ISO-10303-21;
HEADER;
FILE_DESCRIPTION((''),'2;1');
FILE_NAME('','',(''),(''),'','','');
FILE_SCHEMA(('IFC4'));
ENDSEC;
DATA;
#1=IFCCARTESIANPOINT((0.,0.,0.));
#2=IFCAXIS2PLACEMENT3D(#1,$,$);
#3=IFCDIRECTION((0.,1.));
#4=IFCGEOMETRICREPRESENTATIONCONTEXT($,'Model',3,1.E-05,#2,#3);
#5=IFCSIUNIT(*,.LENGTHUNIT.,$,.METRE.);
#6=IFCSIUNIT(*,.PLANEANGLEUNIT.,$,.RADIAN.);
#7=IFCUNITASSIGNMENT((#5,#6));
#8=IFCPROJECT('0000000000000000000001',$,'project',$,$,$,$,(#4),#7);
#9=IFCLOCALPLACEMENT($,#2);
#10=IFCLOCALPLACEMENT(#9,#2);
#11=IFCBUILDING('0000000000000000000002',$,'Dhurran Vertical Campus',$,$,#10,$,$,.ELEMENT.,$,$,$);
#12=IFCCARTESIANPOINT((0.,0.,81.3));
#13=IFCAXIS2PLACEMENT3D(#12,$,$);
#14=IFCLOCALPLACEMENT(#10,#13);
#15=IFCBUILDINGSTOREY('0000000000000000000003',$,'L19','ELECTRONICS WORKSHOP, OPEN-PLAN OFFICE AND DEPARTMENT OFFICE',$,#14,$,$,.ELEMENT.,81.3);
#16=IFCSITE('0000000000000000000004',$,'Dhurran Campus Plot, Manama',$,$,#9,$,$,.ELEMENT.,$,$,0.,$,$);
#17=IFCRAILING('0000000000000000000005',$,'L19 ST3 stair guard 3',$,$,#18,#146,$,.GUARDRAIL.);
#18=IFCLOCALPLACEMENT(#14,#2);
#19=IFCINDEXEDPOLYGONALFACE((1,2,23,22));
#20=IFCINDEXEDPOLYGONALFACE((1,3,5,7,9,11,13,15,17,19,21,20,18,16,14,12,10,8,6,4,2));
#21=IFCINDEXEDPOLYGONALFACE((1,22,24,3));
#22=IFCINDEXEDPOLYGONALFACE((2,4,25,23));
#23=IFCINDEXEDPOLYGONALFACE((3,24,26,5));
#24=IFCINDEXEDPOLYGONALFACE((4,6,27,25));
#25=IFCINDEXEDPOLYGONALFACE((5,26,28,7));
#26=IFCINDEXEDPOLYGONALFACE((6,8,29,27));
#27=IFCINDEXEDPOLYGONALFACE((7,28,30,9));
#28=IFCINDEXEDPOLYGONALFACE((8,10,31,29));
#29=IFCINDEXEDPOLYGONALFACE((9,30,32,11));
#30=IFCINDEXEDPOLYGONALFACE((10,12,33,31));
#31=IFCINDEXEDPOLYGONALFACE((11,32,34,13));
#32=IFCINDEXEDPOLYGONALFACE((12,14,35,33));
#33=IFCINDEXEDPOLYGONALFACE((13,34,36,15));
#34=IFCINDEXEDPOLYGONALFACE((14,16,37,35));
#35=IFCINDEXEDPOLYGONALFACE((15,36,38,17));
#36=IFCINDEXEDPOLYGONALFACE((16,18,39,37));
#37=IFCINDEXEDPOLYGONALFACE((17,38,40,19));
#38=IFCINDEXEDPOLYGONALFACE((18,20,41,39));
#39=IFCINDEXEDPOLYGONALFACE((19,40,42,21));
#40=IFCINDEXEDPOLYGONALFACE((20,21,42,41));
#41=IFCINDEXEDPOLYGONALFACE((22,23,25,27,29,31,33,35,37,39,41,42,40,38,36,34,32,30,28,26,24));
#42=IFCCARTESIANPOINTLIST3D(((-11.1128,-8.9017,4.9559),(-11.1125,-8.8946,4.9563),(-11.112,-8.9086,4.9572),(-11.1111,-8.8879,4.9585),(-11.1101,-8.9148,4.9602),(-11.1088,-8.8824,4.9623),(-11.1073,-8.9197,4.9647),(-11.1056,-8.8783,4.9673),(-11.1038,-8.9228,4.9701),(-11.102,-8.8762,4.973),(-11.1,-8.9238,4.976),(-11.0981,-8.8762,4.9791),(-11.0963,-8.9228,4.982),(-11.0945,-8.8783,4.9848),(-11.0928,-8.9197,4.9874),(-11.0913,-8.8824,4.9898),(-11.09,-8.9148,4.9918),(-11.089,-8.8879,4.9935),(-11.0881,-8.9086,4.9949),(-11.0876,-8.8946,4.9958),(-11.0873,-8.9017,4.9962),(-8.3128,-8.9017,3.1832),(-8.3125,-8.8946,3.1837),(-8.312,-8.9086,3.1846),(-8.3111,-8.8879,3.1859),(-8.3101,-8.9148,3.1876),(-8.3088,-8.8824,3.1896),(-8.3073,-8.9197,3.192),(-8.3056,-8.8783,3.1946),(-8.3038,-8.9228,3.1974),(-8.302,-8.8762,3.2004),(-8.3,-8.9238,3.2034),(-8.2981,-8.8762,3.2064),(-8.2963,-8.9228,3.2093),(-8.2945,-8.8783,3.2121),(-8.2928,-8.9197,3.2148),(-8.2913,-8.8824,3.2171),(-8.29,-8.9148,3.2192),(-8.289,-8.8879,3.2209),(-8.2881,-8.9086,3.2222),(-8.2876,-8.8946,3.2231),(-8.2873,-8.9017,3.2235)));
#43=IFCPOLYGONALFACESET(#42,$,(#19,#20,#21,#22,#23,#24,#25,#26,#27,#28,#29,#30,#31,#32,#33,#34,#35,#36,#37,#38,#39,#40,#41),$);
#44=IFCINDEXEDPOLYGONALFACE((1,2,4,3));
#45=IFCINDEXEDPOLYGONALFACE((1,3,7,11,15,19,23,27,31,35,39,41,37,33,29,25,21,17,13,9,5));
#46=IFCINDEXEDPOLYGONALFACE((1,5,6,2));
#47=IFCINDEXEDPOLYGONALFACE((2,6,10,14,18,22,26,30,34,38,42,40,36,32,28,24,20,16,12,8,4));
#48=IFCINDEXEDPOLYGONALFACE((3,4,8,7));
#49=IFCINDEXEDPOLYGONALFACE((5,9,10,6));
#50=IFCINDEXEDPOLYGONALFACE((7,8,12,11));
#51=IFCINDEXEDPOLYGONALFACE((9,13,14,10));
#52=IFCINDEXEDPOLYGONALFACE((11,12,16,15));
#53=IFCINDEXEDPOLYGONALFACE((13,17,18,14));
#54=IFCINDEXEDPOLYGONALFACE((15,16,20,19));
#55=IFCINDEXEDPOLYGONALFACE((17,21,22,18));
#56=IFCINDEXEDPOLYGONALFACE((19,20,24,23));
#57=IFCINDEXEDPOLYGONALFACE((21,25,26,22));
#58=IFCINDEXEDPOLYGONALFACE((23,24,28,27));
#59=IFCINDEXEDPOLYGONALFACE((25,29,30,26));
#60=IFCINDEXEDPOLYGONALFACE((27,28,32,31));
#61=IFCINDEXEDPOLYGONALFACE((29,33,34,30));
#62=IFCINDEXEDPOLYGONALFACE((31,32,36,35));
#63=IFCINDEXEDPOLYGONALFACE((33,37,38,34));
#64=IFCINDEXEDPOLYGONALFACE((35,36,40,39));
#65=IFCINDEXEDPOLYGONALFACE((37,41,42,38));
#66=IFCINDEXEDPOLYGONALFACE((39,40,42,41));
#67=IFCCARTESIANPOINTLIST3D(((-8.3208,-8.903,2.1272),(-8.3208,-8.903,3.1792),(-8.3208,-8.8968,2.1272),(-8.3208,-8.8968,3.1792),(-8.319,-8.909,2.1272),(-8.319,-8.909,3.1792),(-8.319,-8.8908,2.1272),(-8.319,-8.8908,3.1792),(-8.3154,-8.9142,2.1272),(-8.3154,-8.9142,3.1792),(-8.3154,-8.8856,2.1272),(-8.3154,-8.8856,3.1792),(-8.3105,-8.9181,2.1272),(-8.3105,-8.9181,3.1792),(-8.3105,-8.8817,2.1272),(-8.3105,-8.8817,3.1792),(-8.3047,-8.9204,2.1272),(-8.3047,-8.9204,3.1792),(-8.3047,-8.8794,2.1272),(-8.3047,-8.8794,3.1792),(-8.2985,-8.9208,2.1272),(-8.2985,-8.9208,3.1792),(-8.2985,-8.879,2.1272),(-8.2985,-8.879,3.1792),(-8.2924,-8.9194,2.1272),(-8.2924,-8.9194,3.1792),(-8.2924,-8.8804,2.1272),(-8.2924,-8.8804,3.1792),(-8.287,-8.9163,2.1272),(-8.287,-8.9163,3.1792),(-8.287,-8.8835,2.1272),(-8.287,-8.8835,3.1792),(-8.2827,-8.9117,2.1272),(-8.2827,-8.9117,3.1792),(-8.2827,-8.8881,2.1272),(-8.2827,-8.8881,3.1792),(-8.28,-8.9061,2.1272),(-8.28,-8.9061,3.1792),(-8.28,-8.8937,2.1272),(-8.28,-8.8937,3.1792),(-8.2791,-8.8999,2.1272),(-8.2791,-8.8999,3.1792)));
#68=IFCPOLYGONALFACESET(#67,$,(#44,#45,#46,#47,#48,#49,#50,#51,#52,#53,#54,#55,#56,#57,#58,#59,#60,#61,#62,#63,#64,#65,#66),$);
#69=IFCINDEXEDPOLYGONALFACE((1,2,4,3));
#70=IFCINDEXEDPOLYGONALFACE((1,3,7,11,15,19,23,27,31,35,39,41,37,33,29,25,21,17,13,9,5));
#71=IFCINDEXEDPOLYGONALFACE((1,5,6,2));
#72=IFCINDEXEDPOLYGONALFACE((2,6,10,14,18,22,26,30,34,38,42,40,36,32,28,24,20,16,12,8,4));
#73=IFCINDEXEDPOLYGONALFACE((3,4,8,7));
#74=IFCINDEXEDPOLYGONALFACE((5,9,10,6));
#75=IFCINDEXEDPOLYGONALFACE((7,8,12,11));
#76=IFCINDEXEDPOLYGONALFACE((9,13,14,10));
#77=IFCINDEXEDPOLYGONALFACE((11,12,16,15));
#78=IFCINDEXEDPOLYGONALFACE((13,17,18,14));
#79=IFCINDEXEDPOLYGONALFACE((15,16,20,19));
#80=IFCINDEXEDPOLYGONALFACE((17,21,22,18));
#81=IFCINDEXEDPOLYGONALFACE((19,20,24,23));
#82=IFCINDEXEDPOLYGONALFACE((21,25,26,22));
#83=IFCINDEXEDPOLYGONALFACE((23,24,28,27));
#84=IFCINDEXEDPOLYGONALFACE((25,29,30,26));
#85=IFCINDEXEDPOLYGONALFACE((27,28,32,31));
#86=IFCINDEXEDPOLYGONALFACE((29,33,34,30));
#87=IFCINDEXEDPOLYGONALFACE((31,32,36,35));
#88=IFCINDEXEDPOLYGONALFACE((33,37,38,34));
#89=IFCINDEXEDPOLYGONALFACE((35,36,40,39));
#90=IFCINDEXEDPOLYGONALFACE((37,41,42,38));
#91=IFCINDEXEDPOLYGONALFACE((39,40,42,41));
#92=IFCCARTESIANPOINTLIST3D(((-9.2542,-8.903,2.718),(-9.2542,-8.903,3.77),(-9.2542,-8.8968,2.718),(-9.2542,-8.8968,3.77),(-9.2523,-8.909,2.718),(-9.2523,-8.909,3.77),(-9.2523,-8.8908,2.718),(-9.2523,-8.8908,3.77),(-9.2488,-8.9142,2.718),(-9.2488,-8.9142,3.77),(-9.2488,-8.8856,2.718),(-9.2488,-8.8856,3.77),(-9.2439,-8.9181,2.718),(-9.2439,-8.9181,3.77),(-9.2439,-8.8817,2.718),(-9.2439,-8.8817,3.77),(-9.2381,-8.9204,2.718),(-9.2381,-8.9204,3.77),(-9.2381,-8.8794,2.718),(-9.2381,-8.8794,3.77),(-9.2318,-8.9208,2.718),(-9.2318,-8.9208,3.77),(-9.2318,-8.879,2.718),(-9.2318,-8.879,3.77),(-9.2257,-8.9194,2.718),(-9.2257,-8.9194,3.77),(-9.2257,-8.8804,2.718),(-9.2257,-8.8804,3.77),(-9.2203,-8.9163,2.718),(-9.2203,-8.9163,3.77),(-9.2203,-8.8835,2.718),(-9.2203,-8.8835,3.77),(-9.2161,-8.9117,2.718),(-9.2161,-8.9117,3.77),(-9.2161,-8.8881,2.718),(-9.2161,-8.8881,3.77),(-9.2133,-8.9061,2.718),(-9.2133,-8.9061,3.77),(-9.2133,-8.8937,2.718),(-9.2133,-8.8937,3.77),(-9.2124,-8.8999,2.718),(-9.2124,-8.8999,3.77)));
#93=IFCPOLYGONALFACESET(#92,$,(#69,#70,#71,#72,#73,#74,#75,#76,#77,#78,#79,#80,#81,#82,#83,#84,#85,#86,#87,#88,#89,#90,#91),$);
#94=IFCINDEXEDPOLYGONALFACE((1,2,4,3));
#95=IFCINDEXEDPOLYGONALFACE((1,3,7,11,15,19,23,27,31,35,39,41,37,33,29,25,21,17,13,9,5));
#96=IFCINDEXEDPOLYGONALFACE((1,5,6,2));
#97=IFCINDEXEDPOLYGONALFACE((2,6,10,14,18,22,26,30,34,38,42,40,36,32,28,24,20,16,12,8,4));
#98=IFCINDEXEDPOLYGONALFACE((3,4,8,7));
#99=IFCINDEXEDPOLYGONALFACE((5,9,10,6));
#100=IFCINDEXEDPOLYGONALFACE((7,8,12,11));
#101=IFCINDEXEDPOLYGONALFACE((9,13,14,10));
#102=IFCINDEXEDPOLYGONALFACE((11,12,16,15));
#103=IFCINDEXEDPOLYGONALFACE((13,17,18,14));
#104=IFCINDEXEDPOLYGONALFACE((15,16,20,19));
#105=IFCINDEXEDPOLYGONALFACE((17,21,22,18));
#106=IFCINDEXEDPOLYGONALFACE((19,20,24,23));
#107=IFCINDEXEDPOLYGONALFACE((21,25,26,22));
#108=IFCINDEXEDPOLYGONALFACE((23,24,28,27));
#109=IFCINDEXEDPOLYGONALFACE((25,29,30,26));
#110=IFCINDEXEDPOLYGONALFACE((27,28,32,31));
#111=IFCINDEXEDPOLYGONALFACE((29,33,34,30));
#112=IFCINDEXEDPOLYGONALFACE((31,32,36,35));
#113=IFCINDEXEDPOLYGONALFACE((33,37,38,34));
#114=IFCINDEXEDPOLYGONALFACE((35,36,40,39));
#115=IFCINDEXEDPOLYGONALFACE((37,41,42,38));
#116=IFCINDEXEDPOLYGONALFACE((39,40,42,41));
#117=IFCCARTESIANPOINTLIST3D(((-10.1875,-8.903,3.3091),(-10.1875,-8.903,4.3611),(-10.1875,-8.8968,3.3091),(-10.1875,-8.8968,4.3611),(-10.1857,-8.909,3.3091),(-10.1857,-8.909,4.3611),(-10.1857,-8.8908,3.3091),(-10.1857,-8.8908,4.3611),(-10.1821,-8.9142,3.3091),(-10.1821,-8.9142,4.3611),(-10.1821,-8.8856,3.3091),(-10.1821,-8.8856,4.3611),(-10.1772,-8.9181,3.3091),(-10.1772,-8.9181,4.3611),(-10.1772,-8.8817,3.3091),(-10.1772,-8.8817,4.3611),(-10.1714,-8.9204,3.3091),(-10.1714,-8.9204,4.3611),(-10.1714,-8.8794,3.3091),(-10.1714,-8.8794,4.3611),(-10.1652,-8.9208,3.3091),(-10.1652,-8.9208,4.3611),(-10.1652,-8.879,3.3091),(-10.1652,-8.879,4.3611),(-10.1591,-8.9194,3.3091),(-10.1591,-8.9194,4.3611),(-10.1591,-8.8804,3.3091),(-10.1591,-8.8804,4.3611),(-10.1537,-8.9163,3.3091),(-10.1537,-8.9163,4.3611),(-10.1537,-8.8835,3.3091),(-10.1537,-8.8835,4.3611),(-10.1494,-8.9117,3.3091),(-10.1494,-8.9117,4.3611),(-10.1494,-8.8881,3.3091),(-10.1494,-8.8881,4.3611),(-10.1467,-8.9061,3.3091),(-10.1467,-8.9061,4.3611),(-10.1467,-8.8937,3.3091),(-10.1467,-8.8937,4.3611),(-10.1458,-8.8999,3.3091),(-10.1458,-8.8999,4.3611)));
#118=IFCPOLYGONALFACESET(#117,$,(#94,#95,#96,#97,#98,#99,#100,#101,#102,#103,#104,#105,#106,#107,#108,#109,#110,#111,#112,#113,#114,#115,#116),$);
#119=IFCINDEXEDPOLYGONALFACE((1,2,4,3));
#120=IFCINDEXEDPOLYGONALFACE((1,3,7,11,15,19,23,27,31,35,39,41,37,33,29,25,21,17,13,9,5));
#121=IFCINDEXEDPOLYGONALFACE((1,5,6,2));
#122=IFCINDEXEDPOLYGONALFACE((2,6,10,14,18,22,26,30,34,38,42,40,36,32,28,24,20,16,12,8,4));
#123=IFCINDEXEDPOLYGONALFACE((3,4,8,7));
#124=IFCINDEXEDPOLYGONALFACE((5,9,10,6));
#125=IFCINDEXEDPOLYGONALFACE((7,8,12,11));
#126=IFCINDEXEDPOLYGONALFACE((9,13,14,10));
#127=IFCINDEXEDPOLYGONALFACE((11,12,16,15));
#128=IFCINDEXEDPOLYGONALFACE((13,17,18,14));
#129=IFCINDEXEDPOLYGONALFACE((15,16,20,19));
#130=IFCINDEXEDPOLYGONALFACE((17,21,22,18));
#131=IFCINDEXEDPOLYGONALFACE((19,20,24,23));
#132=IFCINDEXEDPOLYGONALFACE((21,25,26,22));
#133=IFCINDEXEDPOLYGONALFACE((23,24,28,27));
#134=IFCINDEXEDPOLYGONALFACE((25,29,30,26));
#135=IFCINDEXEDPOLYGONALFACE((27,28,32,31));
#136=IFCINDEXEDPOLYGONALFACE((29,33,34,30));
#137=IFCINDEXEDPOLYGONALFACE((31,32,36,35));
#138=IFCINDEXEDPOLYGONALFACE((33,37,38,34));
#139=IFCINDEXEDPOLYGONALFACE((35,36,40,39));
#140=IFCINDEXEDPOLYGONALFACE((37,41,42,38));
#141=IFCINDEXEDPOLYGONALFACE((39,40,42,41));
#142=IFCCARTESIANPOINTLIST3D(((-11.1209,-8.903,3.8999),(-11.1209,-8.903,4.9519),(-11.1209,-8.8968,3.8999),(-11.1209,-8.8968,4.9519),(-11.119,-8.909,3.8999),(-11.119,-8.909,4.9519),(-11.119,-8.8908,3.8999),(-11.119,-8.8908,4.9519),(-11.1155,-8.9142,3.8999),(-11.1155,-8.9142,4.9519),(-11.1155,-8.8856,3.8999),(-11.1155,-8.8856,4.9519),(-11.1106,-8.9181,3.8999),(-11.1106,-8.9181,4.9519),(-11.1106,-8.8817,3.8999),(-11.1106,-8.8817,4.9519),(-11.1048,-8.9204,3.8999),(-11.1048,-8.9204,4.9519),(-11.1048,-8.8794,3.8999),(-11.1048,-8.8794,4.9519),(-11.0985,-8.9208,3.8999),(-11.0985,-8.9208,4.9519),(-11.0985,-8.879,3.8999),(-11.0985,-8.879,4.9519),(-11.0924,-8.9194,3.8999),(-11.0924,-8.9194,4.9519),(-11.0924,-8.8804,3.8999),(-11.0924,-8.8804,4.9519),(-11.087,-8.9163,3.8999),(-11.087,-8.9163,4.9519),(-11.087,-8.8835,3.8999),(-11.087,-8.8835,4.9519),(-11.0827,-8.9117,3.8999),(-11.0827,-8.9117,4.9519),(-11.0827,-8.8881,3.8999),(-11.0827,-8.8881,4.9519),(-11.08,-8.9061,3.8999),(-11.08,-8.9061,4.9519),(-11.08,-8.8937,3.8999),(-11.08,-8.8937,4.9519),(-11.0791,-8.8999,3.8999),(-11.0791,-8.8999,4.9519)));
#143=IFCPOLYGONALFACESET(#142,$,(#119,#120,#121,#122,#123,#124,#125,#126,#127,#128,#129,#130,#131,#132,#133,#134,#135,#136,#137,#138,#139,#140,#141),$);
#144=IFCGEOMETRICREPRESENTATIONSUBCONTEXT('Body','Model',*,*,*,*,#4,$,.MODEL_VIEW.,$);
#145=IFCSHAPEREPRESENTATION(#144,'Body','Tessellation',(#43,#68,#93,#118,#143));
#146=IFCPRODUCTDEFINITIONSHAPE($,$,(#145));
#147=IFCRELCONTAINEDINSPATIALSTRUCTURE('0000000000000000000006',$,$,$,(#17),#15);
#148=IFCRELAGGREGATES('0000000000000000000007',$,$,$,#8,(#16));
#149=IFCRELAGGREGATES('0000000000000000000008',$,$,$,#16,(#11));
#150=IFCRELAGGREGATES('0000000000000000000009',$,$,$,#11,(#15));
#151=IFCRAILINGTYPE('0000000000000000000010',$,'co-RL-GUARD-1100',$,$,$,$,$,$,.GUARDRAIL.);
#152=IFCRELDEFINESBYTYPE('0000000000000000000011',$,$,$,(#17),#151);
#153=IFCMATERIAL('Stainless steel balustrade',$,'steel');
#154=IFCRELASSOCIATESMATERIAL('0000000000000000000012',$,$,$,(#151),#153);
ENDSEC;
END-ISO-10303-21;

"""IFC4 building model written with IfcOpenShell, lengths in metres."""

from ifc_helpers import new_model, si_unit, direction, frame, origin, origin_2d, place, context, subcontext, project, spatial, circle, extrude, material, type_object, element, save


model = new_model("IFC4")

# Units and contexts
model_context = context("Model", 3, precision=1e-05, world=origin(), true_north=direction((0.0, 1.0)))
body_context = subcontext(model_context, "Body", "Model", "MODEL_VIEW")
ifc_project = project(units=[si_unit("LENGTHUNIT", "METRE"), si_unit("PLANEANGLEUNIT", "RADIAN")], contexts=[model_context])

# Site, building, storey
site_placement = place(None, origin())
site = spatial("IfcSite", under=ifc_project, at=site_placement, Name="Dhurran Campus Plot, Manama", CompositionType="ELEMENT", RefElevation=0.0)
building_placement = place(site_placement, origin())
building = spatial("IfcBuilding", under=site, at=building_placement, Name="Dhurran Vertical Campus", CompositionType="ELEMENT")
storey_placement = place(building_placement, frame((0.0, 0.0, 81.3)))
storey = spatial("IfcBuildingStorey", under=building, at=storey_placement, Name="L19", Description="ELECTRONICS WORKSHOP, OPEN-PLAN OFFICE AND DEPARTMENT OFFICE", CompositionType="ELEMENT", Elevation=81.3)

# Railing
ifc_material_1 = material(Name="Stainless steel balustrade", Category="steel")
railing_type_1 = type_object("IfcRailingType", Name="co-RL-GUARD-1100", PredefinedType="GUARDRAIL", material=ifc_material_1)
railing_1_placement = place(storey_placement, frame((-8.3, -8.8999, 2.1272)))
element("IfcRailing", 1, at=railing_1_placement, inside=storey, type_object=railing_type_1, Name="L19 ST3 stair guard 3", PredefinedType="GUARDRAIL", context=body_context, shape_type="SweptSolid", body=[
    extrude(circle(Radius=0.0239, at=origin_2d()), frame((0.0, 0.0, 1.0762), z_axis=(-0.844909, 0.0, 0.53491), x_axis=(0.0, -1.0, 0.0)), (0.0, 0.0, 1.0), 3.314),
    extrude(circle(Radius=0.021, at=origin_2d()), origin(), (0.0, 0.0, 1.0), 1.052),
    extrude(circle(Radius=0.021, at=origin_2d()), frame((-0.9333, 0.0, 0.5908)), (0.0, 0.0, 1.0), 1.052),
    extrude(circle(Radius=0.021, at=origin_2d()), frame((-1.8667, 0.0, 1.1819)), (0.0, 0.0, 1.0), 1.052),
    extrude(circle(Radius=0.021, at=origin_2d()), frame((-2.8, 0.0, 1.7727)), (0.0, 0.0, 1.0), 1.052),
])

save(model, "model.ifc")
